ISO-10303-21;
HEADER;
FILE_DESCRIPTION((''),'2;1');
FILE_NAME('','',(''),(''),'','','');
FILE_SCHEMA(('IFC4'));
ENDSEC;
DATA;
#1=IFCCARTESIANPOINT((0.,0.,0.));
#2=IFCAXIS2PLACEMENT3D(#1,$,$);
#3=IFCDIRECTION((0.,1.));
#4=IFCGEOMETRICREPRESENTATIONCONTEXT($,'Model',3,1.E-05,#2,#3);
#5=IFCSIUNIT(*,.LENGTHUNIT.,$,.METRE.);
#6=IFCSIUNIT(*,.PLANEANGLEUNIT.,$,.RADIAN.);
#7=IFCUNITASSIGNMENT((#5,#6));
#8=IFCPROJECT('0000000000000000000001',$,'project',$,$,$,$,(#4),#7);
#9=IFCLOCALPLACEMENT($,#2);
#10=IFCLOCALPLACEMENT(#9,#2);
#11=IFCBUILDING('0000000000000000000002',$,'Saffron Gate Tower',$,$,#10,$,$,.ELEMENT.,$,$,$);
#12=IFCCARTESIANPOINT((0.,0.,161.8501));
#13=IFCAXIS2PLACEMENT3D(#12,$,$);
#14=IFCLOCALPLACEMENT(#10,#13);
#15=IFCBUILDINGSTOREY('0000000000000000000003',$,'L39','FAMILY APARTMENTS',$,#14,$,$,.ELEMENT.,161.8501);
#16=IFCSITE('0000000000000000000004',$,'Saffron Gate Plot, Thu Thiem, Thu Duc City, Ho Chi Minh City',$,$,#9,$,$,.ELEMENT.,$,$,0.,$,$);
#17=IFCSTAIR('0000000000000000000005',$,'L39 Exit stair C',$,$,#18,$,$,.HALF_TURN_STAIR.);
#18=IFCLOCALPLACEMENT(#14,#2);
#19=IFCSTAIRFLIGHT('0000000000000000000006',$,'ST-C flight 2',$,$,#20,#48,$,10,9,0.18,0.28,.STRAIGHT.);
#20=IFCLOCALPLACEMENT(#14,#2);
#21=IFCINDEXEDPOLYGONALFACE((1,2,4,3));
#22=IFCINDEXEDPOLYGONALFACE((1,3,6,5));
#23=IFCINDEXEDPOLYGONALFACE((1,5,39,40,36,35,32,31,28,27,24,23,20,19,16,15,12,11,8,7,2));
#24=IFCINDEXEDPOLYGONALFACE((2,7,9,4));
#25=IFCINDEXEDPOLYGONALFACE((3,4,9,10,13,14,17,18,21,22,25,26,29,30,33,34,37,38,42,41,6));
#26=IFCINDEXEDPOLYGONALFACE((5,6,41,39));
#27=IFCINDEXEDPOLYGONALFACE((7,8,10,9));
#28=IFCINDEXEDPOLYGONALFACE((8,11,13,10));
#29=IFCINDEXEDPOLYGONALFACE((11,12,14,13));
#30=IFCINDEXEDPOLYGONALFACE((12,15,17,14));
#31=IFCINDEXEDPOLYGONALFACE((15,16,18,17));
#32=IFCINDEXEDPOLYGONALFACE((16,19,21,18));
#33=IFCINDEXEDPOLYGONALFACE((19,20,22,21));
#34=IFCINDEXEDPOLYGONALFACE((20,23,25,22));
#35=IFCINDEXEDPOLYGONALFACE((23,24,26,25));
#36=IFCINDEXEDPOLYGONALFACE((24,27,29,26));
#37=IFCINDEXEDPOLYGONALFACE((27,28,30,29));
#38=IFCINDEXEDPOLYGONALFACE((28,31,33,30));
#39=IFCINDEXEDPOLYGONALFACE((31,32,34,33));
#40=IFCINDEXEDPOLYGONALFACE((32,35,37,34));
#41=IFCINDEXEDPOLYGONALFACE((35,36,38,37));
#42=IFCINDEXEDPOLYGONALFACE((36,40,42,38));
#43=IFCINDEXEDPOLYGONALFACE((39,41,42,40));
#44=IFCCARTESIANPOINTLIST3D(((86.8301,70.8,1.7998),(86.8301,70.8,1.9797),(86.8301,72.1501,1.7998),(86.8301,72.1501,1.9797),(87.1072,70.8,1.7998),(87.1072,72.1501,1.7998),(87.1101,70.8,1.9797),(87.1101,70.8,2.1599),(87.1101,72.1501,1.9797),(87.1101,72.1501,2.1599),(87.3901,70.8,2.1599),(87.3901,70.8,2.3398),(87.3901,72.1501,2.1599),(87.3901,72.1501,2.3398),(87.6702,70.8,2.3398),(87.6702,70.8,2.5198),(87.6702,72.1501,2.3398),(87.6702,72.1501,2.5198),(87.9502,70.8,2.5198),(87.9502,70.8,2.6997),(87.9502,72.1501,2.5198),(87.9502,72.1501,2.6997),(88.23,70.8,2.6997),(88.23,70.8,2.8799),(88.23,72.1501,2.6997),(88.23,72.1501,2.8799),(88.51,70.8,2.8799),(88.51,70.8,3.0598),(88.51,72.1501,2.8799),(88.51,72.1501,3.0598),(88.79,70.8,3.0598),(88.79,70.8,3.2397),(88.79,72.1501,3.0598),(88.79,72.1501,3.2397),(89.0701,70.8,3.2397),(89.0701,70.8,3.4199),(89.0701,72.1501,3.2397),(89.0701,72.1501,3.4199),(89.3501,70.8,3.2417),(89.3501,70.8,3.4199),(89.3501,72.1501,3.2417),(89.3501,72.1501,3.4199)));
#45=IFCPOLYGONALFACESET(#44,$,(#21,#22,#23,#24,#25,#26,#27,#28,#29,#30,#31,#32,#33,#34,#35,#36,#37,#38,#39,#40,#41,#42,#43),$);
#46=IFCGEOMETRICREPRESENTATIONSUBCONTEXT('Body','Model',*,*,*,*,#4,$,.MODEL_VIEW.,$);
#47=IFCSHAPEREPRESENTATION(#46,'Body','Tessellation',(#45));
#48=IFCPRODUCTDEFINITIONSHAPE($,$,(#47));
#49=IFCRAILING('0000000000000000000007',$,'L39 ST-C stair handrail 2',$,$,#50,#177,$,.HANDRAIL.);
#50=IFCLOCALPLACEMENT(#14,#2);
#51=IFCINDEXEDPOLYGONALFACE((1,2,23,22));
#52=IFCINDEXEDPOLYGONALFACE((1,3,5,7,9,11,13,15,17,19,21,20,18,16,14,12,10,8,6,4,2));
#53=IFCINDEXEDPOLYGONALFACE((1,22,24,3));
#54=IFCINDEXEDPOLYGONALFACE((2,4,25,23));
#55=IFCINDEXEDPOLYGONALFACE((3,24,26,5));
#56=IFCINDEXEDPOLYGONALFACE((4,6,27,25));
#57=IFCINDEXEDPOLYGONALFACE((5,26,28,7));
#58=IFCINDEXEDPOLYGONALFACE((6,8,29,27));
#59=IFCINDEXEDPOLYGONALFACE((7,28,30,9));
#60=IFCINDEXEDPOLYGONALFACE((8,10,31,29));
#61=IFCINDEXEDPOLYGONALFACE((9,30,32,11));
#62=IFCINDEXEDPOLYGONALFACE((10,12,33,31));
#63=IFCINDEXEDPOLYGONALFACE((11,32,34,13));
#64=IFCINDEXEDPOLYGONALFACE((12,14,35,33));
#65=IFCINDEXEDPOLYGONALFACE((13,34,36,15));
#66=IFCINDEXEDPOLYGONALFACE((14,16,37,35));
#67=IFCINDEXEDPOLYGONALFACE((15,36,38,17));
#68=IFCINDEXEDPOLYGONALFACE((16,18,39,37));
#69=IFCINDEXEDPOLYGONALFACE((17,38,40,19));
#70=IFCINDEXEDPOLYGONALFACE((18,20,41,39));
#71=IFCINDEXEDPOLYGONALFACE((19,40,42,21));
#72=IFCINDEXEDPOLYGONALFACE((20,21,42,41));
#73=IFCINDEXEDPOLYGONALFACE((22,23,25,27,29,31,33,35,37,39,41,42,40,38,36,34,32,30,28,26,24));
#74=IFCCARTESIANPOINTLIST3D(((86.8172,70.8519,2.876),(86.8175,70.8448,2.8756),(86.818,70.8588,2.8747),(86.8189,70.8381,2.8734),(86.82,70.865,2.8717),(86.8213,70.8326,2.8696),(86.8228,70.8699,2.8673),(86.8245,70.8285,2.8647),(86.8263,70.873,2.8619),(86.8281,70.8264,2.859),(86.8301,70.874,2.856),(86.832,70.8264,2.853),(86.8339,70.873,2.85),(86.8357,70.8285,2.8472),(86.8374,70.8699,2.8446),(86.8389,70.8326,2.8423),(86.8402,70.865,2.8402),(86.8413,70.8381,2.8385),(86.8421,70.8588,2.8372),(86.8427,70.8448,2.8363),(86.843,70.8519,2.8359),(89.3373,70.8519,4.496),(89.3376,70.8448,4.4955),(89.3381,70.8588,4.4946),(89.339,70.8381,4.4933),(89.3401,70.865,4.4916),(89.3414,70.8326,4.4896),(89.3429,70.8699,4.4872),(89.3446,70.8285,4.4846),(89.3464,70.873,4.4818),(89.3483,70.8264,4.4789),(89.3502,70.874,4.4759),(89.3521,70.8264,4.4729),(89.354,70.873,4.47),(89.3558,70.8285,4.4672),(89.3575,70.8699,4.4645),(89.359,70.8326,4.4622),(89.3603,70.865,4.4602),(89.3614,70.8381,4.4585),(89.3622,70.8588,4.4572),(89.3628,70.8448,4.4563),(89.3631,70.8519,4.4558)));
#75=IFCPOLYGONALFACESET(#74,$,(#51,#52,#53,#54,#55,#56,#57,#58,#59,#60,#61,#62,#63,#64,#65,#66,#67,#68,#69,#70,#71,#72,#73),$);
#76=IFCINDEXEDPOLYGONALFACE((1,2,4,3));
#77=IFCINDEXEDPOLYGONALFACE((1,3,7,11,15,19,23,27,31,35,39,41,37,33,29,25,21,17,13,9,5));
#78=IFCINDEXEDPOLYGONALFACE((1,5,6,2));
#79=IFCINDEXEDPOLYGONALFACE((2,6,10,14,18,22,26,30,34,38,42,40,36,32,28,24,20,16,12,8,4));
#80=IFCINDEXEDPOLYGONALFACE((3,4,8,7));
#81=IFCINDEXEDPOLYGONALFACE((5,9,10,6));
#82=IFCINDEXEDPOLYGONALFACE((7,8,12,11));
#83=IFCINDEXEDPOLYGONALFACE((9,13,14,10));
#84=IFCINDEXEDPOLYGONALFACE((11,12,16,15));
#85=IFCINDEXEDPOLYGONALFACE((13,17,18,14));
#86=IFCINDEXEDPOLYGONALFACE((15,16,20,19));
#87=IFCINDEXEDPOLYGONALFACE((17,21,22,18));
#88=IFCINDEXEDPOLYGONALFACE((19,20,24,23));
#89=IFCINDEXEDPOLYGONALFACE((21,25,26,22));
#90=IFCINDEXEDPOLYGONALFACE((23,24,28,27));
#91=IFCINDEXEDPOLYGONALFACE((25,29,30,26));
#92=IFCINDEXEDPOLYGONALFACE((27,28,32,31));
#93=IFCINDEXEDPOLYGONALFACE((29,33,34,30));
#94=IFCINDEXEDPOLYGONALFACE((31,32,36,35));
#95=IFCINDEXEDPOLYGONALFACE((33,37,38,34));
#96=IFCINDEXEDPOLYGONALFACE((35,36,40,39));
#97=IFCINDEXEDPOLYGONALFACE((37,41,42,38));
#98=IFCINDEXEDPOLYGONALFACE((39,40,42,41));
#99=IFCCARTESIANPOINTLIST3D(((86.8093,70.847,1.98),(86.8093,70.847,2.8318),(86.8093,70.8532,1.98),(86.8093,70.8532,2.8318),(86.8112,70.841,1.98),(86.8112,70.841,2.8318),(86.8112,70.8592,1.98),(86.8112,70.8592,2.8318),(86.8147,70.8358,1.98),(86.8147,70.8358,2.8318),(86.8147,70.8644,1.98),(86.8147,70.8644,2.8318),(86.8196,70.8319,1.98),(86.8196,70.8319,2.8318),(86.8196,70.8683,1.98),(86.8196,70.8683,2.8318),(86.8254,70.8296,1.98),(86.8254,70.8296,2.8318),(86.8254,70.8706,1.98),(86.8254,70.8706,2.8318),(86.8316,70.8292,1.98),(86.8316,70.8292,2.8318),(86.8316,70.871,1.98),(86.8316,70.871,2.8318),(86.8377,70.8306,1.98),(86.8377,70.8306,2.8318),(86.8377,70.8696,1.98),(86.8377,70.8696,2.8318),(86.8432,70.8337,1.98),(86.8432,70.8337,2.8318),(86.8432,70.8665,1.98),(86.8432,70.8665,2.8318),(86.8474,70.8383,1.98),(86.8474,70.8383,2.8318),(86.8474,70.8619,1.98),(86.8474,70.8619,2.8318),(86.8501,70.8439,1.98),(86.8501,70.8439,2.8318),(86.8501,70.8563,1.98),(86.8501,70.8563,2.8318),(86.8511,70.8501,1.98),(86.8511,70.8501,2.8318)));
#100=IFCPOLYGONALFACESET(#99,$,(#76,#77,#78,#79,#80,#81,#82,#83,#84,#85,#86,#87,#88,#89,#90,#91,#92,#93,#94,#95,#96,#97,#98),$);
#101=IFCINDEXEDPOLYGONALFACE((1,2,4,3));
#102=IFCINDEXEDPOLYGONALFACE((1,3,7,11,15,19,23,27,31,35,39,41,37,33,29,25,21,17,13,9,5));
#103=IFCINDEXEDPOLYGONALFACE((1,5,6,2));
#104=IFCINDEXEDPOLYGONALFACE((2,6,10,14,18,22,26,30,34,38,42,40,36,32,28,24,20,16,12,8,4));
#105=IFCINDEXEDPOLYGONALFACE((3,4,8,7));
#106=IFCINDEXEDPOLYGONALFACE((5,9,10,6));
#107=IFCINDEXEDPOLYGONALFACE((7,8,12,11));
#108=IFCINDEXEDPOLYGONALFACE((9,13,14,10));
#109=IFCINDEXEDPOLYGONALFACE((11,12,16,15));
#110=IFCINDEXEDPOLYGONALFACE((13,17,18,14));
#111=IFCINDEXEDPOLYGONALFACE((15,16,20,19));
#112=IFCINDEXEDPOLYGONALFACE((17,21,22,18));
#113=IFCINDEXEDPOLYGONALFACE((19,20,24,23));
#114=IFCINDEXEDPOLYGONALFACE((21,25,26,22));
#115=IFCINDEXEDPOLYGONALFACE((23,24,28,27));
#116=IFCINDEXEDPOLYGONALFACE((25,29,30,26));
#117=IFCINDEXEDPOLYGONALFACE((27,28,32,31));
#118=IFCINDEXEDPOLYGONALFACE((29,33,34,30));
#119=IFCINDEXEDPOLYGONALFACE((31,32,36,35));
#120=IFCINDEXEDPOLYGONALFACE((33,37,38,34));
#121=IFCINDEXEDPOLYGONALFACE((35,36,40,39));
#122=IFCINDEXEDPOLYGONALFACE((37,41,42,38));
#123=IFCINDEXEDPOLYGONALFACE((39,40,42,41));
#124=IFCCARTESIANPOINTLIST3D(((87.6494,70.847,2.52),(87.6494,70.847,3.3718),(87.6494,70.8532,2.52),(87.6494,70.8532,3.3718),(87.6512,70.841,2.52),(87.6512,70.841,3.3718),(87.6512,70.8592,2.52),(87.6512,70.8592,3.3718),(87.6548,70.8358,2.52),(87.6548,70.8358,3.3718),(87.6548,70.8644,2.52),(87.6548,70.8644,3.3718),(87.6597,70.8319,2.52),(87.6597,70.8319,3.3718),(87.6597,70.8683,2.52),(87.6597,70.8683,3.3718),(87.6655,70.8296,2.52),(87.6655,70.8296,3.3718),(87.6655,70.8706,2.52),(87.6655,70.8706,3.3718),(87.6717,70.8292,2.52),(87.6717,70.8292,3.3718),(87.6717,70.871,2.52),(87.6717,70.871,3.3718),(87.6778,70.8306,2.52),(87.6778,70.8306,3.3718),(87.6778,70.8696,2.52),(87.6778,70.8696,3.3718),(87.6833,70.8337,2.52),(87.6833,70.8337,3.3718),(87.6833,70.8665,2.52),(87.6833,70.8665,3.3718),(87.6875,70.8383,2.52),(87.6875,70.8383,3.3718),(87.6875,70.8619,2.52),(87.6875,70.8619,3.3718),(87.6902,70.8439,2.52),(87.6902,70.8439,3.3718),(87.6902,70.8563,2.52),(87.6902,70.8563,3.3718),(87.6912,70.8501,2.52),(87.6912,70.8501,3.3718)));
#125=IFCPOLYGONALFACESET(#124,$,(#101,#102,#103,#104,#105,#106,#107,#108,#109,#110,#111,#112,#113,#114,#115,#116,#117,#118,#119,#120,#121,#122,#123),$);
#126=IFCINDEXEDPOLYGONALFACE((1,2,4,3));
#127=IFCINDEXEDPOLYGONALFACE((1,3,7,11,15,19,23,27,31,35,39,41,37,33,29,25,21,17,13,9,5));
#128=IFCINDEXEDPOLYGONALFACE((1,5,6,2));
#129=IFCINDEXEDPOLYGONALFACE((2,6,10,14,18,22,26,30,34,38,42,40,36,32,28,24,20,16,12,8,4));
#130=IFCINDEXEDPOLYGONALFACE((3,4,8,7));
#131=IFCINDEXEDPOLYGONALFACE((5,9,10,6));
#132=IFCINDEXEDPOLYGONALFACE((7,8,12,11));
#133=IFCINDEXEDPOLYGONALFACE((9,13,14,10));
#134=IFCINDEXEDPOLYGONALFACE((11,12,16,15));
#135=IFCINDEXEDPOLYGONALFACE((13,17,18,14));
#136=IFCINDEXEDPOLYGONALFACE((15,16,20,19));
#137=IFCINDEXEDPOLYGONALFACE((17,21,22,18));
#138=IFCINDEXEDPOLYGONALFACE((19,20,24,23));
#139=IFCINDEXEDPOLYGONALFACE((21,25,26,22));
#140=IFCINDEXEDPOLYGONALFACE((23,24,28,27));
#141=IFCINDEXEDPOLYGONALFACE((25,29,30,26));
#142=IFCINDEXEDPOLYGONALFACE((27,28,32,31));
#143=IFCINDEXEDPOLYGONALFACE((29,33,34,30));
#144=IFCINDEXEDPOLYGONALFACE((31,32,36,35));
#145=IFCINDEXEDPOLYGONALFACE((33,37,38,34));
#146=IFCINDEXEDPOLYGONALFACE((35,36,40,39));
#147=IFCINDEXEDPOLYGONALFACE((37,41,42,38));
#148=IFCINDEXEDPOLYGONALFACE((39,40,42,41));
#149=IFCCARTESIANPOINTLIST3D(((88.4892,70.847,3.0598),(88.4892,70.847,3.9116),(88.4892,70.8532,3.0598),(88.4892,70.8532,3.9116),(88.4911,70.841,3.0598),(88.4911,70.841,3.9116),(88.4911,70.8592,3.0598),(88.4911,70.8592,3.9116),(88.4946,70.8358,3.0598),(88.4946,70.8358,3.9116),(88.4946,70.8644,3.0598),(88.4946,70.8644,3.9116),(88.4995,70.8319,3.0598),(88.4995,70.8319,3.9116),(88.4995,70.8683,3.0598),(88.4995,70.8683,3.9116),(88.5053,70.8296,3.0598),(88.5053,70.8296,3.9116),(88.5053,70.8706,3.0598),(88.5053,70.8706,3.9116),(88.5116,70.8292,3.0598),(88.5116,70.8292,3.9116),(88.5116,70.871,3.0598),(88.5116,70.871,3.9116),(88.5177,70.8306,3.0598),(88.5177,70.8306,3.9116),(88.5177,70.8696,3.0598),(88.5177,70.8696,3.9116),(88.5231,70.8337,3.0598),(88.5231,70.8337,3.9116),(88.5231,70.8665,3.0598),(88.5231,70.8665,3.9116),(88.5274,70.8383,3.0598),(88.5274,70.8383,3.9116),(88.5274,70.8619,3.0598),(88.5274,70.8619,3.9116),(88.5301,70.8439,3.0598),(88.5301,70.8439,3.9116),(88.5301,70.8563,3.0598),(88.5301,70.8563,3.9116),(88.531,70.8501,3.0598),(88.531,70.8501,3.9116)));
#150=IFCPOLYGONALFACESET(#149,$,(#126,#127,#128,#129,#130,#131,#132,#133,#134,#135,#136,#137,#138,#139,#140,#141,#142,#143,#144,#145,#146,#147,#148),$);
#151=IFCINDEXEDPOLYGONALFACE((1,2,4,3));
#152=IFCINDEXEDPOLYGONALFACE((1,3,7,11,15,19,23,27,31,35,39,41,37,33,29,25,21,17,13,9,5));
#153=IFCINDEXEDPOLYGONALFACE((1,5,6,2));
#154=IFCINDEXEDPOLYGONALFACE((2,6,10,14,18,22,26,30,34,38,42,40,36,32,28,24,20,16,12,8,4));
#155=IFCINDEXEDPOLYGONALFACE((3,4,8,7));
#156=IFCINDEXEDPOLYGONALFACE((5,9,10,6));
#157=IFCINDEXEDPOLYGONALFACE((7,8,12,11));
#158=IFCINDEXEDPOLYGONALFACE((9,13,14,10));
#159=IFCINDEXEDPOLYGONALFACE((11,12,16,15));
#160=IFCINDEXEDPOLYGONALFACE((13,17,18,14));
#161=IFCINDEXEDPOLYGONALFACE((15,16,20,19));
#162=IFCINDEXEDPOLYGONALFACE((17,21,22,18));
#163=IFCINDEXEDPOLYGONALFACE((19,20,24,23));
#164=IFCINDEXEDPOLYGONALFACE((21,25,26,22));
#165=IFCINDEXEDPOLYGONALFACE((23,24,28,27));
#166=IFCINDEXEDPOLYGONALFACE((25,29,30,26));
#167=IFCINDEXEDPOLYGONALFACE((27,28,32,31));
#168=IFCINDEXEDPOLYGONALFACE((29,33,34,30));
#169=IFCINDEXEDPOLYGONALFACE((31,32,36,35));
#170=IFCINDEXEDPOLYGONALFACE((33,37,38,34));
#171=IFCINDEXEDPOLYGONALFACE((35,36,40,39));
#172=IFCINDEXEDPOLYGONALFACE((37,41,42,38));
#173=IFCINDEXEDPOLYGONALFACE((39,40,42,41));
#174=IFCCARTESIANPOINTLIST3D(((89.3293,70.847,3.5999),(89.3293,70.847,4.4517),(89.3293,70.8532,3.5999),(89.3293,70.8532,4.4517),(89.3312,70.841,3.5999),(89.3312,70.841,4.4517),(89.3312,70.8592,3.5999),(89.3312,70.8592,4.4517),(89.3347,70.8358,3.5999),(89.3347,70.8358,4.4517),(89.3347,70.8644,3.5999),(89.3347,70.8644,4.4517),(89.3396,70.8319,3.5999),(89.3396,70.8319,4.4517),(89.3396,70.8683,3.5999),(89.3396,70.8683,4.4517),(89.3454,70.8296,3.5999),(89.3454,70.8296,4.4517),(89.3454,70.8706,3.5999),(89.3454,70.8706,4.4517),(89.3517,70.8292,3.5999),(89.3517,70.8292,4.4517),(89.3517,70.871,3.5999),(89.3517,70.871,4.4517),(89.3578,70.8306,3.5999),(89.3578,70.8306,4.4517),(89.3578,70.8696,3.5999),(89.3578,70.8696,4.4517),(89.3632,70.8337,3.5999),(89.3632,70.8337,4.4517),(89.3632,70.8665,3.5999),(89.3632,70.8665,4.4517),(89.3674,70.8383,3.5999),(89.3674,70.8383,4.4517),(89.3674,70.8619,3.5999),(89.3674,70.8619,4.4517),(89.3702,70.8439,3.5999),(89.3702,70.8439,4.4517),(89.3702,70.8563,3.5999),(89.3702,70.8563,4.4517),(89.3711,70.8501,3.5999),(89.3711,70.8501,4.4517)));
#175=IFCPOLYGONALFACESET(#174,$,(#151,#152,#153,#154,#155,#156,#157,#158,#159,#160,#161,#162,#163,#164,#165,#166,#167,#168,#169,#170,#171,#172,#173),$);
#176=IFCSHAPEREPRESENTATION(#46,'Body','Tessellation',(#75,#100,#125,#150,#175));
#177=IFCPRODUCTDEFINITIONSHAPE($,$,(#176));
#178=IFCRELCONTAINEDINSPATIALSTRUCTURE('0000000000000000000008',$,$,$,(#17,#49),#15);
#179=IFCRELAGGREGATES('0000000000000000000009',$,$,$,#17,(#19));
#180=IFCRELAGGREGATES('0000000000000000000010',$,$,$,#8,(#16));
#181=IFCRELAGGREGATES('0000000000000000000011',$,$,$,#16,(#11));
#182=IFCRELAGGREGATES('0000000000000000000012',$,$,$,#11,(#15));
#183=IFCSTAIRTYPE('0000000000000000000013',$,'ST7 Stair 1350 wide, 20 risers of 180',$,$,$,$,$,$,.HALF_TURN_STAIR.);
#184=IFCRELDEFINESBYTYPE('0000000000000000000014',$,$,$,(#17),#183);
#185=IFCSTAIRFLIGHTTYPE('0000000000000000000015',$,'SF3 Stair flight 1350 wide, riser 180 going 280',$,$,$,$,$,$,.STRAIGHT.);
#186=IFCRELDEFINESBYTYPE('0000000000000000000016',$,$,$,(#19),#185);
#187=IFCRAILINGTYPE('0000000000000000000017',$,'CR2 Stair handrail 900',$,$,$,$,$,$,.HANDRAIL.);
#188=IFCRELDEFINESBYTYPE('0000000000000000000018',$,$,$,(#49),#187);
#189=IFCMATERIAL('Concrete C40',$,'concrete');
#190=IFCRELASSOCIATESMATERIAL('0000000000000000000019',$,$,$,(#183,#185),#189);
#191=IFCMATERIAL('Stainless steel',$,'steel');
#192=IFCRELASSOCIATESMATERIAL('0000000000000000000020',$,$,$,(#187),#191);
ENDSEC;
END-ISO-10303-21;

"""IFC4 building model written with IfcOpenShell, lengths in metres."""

from ifc_helpers import new_model, si_unit, direction, frame, origin, origin_2d, place, context, subcontext, project, spatial, polyline, circle, outline, extrude, material, type_object, element, aggregate, save


model = new_model("IFC4")

# Units and contexts
model_context = context("Model", 3, precision=1e-05, world=origin(), true_north=direction((0.0, 1.0)))
body_context = subcontext(model_context, "Body", "Model", "MODEL_VIEW")
ifc_project = project(units=[si_unit("LENGTHUNIT", "METRE"), si_unit("PLANEANGLEUNIT", "RADIAN")], contexts=[model_context])

# Site, building, storey
site_placement = place(None, origin())
site = spatial("IfcSite", under=ifc_project, at=site_placement, Name="Saffron Gate Plot, Thu Thiem, Thu Duc City, Ho Chi Minh City", CompositionType="ELEMENT", RefElevation=0.0)
building_placement = place(site_placement, origin())
building = spatial("IfcBuilding", under=site, at=building_placement, Name="Saffron Gate Tower", CompositionType="ELEMENT")
storey_placement = place(building_placement, frame((0.0, 0.0, 161.8501)))
storey = spatial("IfcBuildingStorey", under=building, at=storey_placement, Name="L39", Description="FAMILY APARTMENTS", CompositionType="ELEMENT", Elevation=161.8501)

# Stair, stair flight
ifc_material_1 = material(Name="Concrete C40", Category="concrete")
stair_type = type_object("IfcStairType", Name="ST7 Stair 1350 wide, 20 risers of 180", PredefinedType="HALF_TURN_STAIR", material=ifc_material_1)
stair_placement = place(storey_placement, origin())
stair = element("IfcStair", 1, at=stair_placement, inside=storey, type_object=stair_type, Name="L39 Exit stair C", PredefinedType="HALF_TURN_STAIR")
stair_flight_type = type_object("IfcStairFlightType", Name="SF3 Stair flight 1350 wide, riser 180 going 280", PredefinedType="STRAIGHT", material=ifc_material_1)
stair_flight_1_placement = place(storey_placement, frame((86.8301, 71.4751, 1.7998), z_axis=(0.0, 0.0, 1.0), x_axis=(1.0, 0.0, 0.0)))
stair_flight_1 = element("IfcStairFlight", 2, at=stair_flight_1_placement, type_object=stair_flight_type, Name="ST-C flight 2", NumberOfRisers=10, NumberOfTreads=9, PredefinedType="STRAIGHT", RiserHeight=0.18, TreadLength=0.28, context=body_context, shape_type="SweptSolid", body=[
    extrude(outline(polyline([(0.0, 0.0), (0.0, 0.1799), (0.28, 0.1799), (0.28, 0.3601), (0.5601, 0.3601), (0.5601, 0.54), (0.8401, 0.54), (0.8401, 0.72), (1.1201, 0.72), (1.1201, 0.8999), (1.3999, 0.8999), (1.3999, 1.0801), (1.6799, 1.0801), (1.6799, 1.26), (1.96, 1.26), (1.96, 1.4399), (2.24, 1.4399), (2.24, 1.6201), (2.52, 1.6201), (2.52, 1.8), (2.52, 1.4419), (0.2771, 0.0), (0.0, 0.0)])), frame((0.0, 0.675, 0.0), z_axis=(0.0, -1.0, 0.0), x_axis=(1.0, 0.0, 0.0)), (0.0, 0.0, 1.0), 1.3501),
])
aggregate(stair, [stair_flight_1])

# Railing
ifc_material_2 = material(Name="Stainless steel", Category="steel")
railing_type = type_object("IfcRailingType", Name="CR2 Stair handrail 900", PredefinedType="HANDRAIL", material=ifc_material_2)
railing_placement = place(storey_placement, frame((86.8301, 70.8501, 1.98)))
element("IfcRailing", 3, at=railing_placement, inside=storey, type_object=railing_type, Name="L39 ST-C stair handrail 2", PredefinedType="HANDRAIL", context=body_context, shape_type="SweptSolid", body=[
    extrude(circle(Radius=0.0239, at=origin_2d()), frame((0.0, 0.0, 0.876), z_axis=(0.8412, 0.0, 0.540725), x_axis=(0.0, 1.0, 0.0)), (0.0, 0.0, 1.0), 2.9958),
    extrude(circle(Radius=0.021, at=origin_2d()), origin(), (0.0, 0.0, 1.0), 0.8518),
    extrude(circle(Radius=0.021, at=origin_2d()), frame((0.8401, 0.0, 0.54)), (0.0, 0.0, 1.0), 0.8518),
    extrude(circle(Radius=0.021, at=origin_2d()), frame((1.6799, 0.0, 1.0798)), (0.0, 0.0, 1.0), 0.8518),
    extrude(circle(Radius=0.021, at=origin_2d()), frame((2.52, 0.0, 1.6199)), (0.0, 0.0, 1.0), 0.8518),
])

save(model, "model.ifc")
